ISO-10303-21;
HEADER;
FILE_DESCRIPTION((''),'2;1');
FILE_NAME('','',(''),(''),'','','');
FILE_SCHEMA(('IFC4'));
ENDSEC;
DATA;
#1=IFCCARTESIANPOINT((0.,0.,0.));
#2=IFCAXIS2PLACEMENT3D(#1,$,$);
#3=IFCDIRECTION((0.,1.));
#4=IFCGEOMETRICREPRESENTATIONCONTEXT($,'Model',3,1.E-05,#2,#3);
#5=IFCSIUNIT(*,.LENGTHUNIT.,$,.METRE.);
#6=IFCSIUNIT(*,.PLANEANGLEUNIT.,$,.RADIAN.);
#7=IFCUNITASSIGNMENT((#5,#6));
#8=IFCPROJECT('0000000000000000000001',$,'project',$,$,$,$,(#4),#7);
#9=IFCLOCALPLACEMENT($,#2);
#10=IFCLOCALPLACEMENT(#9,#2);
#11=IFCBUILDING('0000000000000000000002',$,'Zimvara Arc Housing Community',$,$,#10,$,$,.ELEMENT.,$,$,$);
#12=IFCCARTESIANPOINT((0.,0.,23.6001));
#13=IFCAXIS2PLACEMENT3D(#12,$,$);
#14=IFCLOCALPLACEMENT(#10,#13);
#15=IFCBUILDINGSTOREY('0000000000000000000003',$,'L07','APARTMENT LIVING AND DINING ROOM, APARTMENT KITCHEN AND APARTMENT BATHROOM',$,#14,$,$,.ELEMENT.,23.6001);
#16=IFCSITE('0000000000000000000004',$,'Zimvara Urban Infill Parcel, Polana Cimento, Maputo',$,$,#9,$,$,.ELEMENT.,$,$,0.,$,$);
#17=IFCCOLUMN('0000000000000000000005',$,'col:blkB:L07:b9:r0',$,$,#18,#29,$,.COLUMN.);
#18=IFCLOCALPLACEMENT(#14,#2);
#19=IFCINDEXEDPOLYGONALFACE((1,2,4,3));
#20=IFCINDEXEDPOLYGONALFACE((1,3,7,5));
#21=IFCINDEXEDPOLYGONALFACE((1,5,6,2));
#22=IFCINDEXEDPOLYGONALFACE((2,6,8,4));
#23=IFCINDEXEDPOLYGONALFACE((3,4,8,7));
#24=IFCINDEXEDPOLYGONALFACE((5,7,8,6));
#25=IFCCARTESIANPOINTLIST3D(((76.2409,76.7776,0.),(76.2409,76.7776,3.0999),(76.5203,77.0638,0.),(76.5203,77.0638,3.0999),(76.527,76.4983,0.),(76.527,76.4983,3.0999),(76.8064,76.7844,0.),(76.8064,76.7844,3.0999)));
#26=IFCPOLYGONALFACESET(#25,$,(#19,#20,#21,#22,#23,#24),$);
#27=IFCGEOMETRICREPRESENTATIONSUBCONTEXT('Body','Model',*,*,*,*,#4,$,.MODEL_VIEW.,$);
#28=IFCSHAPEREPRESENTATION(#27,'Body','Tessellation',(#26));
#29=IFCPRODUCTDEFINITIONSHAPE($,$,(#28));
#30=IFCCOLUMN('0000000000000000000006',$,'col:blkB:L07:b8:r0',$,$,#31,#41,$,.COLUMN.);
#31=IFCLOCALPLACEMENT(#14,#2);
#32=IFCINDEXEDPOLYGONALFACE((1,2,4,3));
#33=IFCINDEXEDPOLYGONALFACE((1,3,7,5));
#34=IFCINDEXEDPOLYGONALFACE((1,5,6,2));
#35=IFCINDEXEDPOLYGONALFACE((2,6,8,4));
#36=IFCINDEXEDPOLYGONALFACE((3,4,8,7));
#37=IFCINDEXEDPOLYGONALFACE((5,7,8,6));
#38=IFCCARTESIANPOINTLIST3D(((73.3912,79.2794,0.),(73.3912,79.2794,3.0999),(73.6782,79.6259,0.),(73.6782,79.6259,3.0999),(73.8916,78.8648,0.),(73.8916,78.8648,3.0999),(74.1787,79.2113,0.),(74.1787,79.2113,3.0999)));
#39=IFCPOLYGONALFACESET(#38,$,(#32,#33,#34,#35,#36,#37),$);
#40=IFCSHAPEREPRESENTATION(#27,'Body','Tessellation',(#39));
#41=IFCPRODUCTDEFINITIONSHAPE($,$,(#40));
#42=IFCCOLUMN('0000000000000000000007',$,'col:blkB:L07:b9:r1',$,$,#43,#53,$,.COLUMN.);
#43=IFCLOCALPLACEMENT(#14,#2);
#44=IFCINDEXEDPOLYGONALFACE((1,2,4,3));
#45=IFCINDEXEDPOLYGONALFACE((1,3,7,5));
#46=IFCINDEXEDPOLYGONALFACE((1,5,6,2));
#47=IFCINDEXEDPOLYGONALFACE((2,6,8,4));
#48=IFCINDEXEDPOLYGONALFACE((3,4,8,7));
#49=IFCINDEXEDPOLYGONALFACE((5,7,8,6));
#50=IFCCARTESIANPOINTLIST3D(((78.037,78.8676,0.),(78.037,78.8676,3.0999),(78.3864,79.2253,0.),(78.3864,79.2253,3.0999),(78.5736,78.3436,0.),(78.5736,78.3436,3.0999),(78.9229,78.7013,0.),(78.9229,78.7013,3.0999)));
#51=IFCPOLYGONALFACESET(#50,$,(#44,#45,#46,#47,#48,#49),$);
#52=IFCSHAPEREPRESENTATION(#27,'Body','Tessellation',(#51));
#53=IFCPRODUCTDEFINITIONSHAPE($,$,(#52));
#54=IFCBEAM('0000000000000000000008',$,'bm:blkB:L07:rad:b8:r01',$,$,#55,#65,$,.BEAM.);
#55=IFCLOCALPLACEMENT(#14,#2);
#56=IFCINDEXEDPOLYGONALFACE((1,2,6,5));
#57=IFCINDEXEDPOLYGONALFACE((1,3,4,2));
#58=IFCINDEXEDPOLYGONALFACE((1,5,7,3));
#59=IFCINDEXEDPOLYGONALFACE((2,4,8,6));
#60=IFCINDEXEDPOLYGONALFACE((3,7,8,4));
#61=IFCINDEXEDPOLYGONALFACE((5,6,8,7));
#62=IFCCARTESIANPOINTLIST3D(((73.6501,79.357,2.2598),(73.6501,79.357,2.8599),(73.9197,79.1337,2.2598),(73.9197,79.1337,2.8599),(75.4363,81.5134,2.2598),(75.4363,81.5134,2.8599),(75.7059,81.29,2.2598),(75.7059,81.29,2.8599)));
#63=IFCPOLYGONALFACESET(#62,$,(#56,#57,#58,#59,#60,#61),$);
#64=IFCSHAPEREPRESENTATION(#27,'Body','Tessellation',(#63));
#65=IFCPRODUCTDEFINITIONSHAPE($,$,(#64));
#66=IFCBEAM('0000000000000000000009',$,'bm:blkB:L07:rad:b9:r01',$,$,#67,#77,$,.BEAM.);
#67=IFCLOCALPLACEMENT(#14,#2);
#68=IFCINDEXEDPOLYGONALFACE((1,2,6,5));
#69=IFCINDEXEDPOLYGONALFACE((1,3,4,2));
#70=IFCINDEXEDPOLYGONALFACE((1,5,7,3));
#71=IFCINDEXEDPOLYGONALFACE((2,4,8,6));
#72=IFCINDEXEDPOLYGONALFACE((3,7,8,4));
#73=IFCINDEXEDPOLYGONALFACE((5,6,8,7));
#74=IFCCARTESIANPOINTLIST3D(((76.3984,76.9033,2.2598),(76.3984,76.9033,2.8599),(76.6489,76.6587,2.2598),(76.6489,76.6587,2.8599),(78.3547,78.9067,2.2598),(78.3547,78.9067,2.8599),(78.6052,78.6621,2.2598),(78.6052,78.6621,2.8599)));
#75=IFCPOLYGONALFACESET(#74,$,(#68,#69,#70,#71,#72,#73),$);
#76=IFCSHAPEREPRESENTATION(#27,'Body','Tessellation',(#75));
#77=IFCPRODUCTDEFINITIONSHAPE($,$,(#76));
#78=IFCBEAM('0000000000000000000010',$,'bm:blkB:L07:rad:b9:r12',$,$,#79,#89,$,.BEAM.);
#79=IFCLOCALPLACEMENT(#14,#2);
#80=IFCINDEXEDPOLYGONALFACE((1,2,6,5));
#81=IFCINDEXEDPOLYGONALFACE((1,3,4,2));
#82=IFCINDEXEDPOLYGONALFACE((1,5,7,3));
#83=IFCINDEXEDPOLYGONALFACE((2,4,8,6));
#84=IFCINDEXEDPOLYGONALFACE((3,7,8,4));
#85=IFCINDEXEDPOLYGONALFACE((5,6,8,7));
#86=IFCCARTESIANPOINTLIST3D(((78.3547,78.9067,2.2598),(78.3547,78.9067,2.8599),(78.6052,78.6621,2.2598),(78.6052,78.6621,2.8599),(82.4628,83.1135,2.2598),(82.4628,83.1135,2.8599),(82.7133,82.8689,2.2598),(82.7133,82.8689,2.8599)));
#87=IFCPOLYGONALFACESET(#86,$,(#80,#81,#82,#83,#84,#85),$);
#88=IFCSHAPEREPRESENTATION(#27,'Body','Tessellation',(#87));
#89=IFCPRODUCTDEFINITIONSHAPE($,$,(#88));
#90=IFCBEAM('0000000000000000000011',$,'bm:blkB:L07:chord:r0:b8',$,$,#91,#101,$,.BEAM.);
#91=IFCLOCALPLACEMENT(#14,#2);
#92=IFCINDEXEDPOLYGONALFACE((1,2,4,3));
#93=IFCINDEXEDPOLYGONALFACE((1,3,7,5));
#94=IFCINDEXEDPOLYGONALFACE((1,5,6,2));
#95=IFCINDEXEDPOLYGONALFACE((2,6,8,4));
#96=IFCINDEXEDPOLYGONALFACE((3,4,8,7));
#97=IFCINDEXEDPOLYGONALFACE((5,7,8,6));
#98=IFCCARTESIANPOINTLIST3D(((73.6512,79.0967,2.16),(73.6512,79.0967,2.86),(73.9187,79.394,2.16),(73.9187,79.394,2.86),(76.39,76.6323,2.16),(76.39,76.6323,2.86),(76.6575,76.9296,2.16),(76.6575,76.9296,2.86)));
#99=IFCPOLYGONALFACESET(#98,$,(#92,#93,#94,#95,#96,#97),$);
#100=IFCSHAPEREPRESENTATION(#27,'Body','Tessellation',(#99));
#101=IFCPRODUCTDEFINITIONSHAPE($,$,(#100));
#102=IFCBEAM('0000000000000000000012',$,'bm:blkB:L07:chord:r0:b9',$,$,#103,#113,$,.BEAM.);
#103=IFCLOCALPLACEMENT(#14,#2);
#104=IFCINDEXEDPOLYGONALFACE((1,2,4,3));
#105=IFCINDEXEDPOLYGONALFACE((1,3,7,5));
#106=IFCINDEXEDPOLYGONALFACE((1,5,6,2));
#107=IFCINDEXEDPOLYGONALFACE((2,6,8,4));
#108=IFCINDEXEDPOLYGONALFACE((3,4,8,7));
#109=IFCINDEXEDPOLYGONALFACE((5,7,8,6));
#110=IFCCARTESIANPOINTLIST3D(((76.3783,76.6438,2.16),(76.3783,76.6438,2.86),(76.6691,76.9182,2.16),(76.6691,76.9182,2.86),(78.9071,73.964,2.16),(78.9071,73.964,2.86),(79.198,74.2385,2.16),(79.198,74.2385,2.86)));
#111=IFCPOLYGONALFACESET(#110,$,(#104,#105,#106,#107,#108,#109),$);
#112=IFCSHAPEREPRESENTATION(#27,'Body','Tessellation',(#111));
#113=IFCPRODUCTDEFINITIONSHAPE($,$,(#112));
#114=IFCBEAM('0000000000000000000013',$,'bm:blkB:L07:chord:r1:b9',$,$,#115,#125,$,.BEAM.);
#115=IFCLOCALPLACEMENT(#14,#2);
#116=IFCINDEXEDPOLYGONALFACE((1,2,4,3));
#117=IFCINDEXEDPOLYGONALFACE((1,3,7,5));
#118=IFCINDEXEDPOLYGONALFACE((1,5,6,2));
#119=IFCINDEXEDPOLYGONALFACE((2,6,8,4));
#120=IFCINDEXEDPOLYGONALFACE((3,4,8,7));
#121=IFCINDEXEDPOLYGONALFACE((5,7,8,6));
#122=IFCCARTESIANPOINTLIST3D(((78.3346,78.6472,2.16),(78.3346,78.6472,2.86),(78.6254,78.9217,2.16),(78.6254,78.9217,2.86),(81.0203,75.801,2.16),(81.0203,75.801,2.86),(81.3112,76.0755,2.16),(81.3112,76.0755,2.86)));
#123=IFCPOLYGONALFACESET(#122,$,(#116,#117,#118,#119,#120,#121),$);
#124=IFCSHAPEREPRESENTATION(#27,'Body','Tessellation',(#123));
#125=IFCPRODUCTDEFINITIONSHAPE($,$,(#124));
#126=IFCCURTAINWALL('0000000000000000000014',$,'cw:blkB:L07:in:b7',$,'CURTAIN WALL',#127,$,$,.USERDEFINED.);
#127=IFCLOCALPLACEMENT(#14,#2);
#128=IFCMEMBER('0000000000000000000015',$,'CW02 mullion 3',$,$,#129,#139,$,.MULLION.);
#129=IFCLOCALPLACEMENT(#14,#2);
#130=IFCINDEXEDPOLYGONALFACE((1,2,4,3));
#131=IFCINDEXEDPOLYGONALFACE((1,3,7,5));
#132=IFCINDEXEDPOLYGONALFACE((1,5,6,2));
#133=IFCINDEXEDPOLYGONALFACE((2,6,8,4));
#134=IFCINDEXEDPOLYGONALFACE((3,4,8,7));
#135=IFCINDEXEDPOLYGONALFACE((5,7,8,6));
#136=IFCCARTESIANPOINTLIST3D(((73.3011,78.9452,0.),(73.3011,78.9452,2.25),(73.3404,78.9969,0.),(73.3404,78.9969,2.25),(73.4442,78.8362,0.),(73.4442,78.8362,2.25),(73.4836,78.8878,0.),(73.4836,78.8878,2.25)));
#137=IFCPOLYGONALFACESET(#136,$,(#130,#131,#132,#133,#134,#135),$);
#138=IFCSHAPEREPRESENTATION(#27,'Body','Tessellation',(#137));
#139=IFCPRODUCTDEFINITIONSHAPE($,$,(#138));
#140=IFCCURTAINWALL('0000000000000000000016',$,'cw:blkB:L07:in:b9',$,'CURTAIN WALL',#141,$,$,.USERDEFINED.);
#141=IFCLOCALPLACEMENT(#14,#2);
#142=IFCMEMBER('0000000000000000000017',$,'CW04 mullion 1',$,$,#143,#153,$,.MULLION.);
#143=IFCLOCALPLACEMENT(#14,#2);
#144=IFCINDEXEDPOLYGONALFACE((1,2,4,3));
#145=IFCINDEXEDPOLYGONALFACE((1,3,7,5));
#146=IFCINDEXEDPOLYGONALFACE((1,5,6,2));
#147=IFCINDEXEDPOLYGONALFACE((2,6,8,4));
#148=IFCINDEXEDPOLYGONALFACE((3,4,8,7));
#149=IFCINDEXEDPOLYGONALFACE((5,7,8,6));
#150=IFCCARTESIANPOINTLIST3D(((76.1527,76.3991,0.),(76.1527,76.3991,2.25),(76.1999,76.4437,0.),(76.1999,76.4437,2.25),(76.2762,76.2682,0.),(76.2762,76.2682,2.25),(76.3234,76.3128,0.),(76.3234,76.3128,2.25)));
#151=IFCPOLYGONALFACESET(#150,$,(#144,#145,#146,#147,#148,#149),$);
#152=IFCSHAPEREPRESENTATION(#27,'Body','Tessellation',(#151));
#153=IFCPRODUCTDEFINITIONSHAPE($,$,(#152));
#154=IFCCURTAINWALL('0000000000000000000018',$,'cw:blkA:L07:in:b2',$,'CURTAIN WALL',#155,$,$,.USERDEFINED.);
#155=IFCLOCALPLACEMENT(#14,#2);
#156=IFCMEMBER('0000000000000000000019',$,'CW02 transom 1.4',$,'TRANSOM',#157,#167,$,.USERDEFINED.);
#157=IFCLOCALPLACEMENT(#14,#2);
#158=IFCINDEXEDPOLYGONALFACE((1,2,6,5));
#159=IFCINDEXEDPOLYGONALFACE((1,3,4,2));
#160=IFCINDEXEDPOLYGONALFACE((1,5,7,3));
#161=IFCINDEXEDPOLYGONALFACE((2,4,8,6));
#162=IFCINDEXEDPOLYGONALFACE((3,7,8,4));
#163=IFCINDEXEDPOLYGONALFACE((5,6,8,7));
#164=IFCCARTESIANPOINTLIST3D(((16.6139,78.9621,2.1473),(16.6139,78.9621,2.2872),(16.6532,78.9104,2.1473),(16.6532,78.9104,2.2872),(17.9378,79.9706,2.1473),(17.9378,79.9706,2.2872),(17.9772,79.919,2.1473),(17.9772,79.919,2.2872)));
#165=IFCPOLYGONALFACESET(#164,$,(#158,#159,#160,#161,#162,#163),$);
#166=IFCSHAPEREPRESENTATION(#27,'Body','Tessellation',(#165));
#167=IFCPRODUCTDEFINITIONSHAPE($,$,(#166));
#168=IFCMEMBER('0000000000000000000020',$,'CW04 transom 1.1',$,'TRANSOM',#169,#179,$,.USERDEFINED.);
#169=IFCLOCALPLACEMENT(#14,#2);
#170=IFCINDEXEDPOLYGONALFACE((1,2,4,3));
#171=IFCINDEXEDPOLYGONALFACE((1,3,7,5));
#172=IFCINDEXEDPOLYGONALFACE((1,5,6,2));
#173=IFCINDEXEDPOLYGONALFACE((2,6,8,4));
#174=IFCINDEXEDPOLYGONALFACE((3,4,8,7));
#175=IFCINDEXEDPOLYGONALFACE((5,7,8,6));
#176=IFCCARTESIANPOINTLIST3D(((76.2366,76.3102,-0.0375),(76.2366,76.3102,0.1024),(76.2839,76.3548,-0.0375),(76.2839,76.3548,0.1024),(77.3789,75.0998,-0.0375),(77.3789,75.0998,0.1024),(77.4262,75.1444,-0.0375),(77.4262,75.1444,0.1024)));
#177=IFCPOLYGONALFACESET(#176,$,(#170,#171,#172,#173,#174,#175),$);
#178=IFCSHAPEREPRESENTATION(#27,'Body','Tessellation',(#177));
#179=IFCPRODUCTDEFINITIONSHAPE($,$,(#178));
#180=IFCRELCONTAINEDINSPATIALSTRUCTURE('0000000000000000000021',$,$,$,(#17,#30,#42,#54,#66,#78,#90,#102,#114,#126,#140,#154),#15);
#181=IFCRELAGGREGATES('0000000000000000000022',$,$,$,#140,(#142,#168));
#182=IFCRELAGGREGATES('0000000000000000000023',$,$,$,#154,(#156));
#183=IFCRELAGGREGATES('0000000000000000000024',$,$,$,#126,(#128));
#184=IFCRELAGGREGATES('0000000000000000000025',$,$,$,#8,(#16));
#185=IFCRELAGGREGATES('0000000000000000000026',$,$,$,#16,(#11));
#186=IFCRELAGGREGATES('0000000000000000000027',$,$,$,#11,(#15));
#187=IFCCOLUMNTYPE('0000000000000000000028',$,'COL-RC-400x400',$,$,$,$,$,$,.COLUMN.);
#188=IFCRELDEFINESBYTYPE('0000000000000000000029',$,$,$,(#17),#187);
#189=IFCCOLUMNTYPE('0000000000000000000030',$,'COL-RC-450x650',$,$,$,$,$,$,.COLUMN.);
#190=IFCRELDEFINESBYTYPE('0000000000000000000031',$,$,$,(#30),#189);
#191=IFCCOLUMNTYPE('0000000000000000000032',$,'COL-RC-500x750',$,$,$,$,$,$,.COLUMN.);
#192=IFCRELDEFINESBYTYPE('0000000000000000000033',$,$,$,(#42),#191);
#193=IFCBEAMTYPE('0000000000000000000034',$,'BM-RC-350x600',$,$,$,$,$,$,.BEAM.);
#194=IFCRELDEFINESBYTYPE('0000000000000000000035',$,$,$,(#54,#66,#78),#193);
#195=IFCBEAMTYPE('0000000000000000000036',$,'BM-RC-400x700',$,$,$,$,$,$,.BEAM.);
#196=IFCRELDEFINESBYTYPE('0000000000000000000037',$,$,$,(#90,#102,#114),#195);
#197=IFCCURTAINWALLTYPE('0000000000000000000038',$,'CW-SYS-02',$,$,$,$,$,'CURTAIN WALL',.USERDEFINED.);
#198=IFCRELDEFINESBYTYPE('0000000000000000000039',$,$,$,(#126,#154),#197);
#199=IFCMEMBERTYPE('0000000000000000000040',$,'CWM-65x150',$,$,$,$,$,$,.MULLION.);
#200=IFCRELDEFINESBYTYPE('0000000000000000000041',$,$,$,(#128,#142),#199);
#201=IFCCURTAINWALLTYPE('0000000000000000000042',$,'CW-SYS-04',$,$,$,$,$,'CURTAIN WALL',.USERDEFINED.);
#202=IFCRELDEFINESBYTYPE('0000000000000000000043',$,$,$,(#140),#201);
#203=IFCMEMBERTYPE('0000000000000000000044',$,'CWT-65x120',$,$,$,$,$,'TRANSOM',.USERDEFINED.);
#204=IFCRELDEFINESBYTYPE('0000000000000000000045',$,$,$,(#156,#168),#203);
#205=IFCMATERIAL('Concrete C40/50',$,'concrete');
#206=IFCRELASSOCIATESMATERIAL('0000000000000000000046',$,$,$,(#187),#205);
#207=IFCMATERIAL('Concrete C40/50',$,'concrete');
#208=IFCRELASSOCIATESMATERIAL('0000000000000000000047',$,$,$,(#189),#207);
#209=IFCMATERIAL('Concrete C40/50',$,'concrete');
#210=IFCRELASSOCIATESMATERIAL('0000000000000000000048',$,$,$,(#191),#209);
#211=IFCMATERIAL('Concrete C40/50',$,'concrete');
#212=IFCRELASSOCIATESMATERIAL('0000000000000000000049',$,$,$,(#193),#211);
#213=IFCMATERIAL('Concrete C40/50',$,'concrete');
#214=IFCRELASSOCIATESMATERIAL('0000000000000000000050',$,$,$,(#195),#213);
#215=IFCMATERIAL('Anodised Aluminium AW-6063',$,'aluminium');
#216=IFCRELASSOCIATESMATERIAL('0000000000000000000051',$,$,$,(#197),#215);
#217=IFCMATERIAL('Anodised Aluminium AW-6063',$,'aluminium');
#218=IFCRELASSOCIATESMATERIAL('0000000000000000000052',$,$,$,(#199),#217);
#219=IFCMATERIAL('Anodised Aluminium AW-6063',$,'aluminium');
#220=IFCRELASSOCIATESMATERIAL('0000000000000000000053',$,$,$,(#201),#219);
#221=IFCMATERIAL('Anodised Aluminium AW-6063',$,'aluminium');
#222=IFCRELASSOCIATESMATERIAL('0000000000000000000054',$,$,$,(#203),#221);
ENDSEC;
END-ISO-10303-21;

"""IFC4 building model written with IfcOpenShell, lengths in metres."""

from ifc_helpers import new_model, si_unit, direction, frame, origin, origin_2d, place, context, subcontext, project, spatial, rectangle, extrude, material, material_profile, profile_set, type_object, element, aggregate, save


model = new_model("IFC4")

# Units and contexts
model_context = context("Model", 3, precision=1e-05, world=origin(), true_north=direction((0.0, 1.0)))
body_context = subcontext(model_context, "Body", "Model", "MODEL_VIEW")
ifc_project = project(units=[si_unit("LENGTHUNIT", "METRE"), si_unit("PLANEANGLEUNIT", "RADIAN")], contexts=[model_context])

# Site, building, storey
site_placement = place(None, origin())
site = spatial("IfcSite", under=ifc_project, at=site_placement, Name="Zimvara Urban Infill Parcel, Polana Cimento, Maputo", CompositionType="ELEMENT", RefElevation=0.0)
building_placement = place(site_placement, origin())
building = spatial("IfcBuilding", under=site, at=building_placement, Name="Zimvara Arc Housing Community", CompositionType="ELEMENT")
storey_placement = place(building_placement, frame((0.0, 0.0, 23.6001)))
storey = spatial("IfcBuildingStorey", under=building, at=storey_placement, Name="L07", Description="APARTMENT LIVING AND DINING ROOM, APARTMENT KITCHEN AND APARTMENT BATHROOM", CompositionType="ELEMENT", Elevation=23.6001)

# Columns
ifc_material_1 = material(Name="Concrete C40/50", Category="concrete")
ifc_material_profile_1 = material_profile(ifc_material_1, rectangle(XDim=0.3999, YDim=0.3999, at=origin_2d()), Name="RC 400x400")
ifc_profile_set_1 = profile_set([ifc_material_profile_1], Name="Concrete C40/50")
column_type_1 = type_object("IfcColumnType", Name="COL-RC-400x400", PredefinedType="COLUMN", material=ifc_profile_set_1)
column_1_placement = place(storey_placement, frame((76.5237, 76.781, 0.0), z_axis=(0.0, 0.0, 1.0), x_axis=(0.698665, 0.715449, 0.0)))
element("IfcColumn", 1, at=column_1_placement, inside=storey, type_object=column_type_1, Name="col:blkB:L07:b9:r0", PredefinedType="COLUMN", context=body_context, shape_type="SweptSolid", body=[
    extrude(rectangle(XDim=0.3999, YDim=0.3999, at=origin_2d()), origin(), (0.0, 0.0, 1.0), 3.0999),
])
ifc_material_2 = material(Name="Concrete C40/50", Category="concrete")
ifc_material_profile_2 = material_profile(ifc_material_2, rectangle(XDim=0.45, YDim=0.6499, at=origin_2d()), Name="RC 450x650")
ifc_profile_set_2 = profile_set([ifc_material_profile_2], Name="Concrete C40/50")
column_type_2 = type_object("IfcColumnType", Name="COL-RC-450x650", PredefinedType="COLUMN", material=ifc_profile_set_2)
column_2_placement = place(storey_placement, frame((73.7849, 79.2454, 0.0), z_axis=(0.0, 0.0, 1.0), x_axis=(0.637962, 0.770068, 0.0)))
element("IfcColumn", 2, at=column_2_placement, inside=storey, type_object=column_type_2, Name="col:blkB:L07:b8:r0", PredefinedType="COLUMN", context=body_context, shape_type="SweptSolid", body=[
    extrude(rectangle(XDim=0.45, YDim=0.6499, at=origin_2d()), origin(), (0.0, 0.0, 1.0), 3.0999),
])
ifc_material_3 = material(Name="Concrete C40/50", Category="concrete")
ifc_material_profile_3 = material_profile(ifc_material_3, rectangle(XDim=0.5, YDim=0.75, at=origin_2d()), Name="RC 500x750")
ifc_profile_set_3 = profile_set([ifc_material_profile_3], Name="Concrete C40/50")
column_type_3 = type_object("IfcColumnType", Name="COL-RC-500x750", PredefinedType="COLUMN", material=ifc_profile_set_3)
column_3_placement = place(storey_placement, frame((78.48, 78.7844, 0.0), z_axis=(0.0, 0.0, 1.0), x_axis=(0.698665, 0.715449, 0.0)))
element("IfcColumn", 3, at=column_3_placement, inside=storey, type_object=column_type_3, Name="col:blkB:L07:b9:r1", PredefinedType="COLUMN", context=body_context, shape_type="SweptSolid", body=[
    extrude(rectangle(XDim=0.5, YDim=0.75, at=origin_2d()), origin(), (0.0, 0.0, 1.0), 3.0999),
])

# Beams
ifc_material_4 = material(Name="Concrete C40/50", Category="concrete")
ifc_material_profile_4 = material_profile(ifc_material_4, rectangle(XDim=0.3501, YDim=0.6001, at=origin_2d()), Name="RC 350x600")
ifc_profile_set_4 = profile_set([ifc_material_profile_4], Name="Concrete C40/50")
beam_type_1 = type_object("IfcBeamType", Name="BM-RC-350x600", PredefinedType="BEAM", material=ifc_profile_set_4)
for number, where, z_axis, x_axis, name in (
    (4, (73.7849, 79.2454, 2.5598), (0.637917, 0.770105, 0.0), (-0.770105, 0.637917, 0.0), "bm:blkB:L07:rad:b8:r01"),
    (5, (76.5237, 76.781, 2.5598), (0.698643, 0.71547, 0.0), (-0.71547, 0.698643, 0.0), "bm:blkB:L07:rad:b9:r01"),
):
    element("IfcBeam", number, at=place(storey_placement, frame(where, z_axis=z_axis, x_axis=x_axis)), inside=storey, type_object=beam_type_1, Name=name, PredefinedType="BEAM", context=body_context, shape_type="SweptSolid", body=[
        extrude(rectangle(XDim=0.3501, YDim=0.6001, at=origin_2d()), origin(), (0.0, 0.0, 1.0), 2.8),
    ])
beam_1_placement = place(storey_placement, frame((78.48, 78.7844, 2.5598), z_axis=(0.69867, 0.715444, 0.0), x_axis=(-0.715444, 0.69867, 0.0)))
element("IfcBeam", 6, at=beam_1_placement, inside=storey, type_object=beam_type_1, Name="bm:blkB:L07:rad:b9:r12", PredefinedType="BEAM", context=body_context, shape_type="SweptSolid", body=[
    extrude(rectangle(XDim=0.3501, YDim=0.6001, at=origin_2d()), origin(), (0.0, 0.0, 1.0), 5.8799),
])
ifc_material_5 = material(Name="Concrete C40/50", Category="concrete")
ifc_material_profile_5 = material_profile(ifc_material_5, rectangle(XDim=0.3999, YDim=0.7, at=origin_2d()), Name="RC 400x700")
ifc_profile_set_5 = profile_set([ifc_material_profile_5], Name="Concrete C40/50")
beam_type_2 = type_object("IfcBeamType", Name="BM-RC-400x700", PredefinedType="BEAM", material=ifc_profile_set_5)
beam_2_placement = place(storey_placement, frame((73.7849, 79.2454, 2.51), z_axis=(0.743367, -0.668884, 0.0), x_axis=(0.668884, 0.743367, 0.0)))
element("IfcBeam", 7, at=beam_2_placement, inside=storey, type_object=beam_type_2, Name="bm:blkB:L07:chord:r0:b8", PredefinedType="BEAM", context=body_context, shape_type="SweptSolid", body=[
    extrude(rectangle(XDim=0.3999, YDim=0.7, at=origin_2d()), origin(), (0.0, 0.0, 1.0), 3.6843),
])
beam_3_placement = place(storey_placement, frame((76.5237, 76.781, 2.51), z_axis=(0.686336, -0.727285, 0.0), x_axis=(0.727285, 0.686336, 0.0)))
element("IfcBeam", 8, at=beam_3_placement, inside=storey, type_object=beam_type_2, Name="bm:blkB:L07:chord:r0:b9", PredefinedType="BEAM", context=body_context, shape_type="SweptSolid", body=[
    extrude(rectangle(XDim=0.3999, YDim=0.7, at=origin_2d()), origin(), (0.0, 0.0, 1.0), 3.6846),
])
beam_4_placement = place(storey_placement, frame((78.48, 78.7844, 2.51), z_axis=(0.686316, -0.727304, 0.0), x_axis=(0.727304, 0.686316, 0.0)))
element("IfcBeam", 9, at=beam_4_placement, inside=storey, type_object=beam_type_2, Name="bm:blkB:L07:chord:r1:b9", PredefinedType="BEAM", context=body_context, shape_type="SweptSolid", body=[
    extrude(rectangle(XDim=0.3999, YDim=0.7, at=origin_2d()), origin(), (0.0, 0.0, 1.0), 3.9133),
])

# Curtain walls, members
ifc_material_6 = material(Name="Anodised Aluminium AW-6063", Category="aluminium")
curtain_wall_type_1 = type_object("IfcCurtainWallType", Name="CW-SYS-02", ElementType="CURTAIN WALL", PredefinedType="USERDEFINED", material=ifc_material_6)
curtain_wall_1_placement = place(storey_placement, origin())
curtain_wall_1 = element("IfcCurtainWall", 10, at=curtain_wall_1_placement, inside=storey, type_object=curtain_wall_type_1, Name="cw:blkB:L07:in:b7", ObjectType="CURTAIN WALL", PredefinedType="USERDEFINED")
ifc_material_7 = material(Name="Anodised Aluminium AW-6063", Category="aluminium")
ifc_material_profile_6 = material_profile(ifc_material_7, rectangle(XDim=0.0649, YDim=0.1799, at=origin_2d()), Name="ALU 65x180")
ifc_profile_set_6 = profile_set([ifc_material_profile_6], Name="Anodised Aluminium AW-6063")
member_type_1 = type_object("IfcMemberType", Name="CWM-65x150", PredefinedType="MULLION", material=ifc_profile_set_6)
member_1_placement = place(storey_placement, frame((73.3923, 78.9165, 0.0), z_axis=(0.0, 0.0, 1.0), x_axis=(0.605988, 0.795474, 0.0)))
member_1 = element("IfcMember", 11, at=member_1_placement, type_object=member_type_1, Name="CW02 mullion 3", PredefinedType="MULLION", context=body_context, shape_type="SweptSolid", body=[
    extrude(rectangle(XDim=0.0649, YDim=0.1799, at=origin_2d()), origin(), (0.0, 0.0, 1.0), 2.25),
])
ifc_material_8 = material(Name="Anodised Aluminium AW-6063", Category="aluminium")
curtain_wall_type_2 = type_object("IfcCurtainWallType", Name="CW-SYS-04", ElementType="CURTAIN WALL", PredefinedType="USERDEFINED", material=ifc_material_8)
curtain_wall_2_placement = place(storey_placement, origin())
curtain_wall_2 = element("IfcCurtainWall", 12, at=curtain_wall_2_placement, inside=storey, type_object=curtain_wall_type_2, Name="cw:blkB:L07:in:b9", ObjectType="CURTAIN WALL", PredefinedType="USERDEFINED")
member_2_placement = place(storey_placement, frame((76.238, 76.356, 0.0), z_axis=(0.0, 0.0, 1.0), x_axis=(0.727293, 0.686327, 0.0)))
member_2 = element("IfcMember", 13, at=member_2_placement, type_object=member_type_1, Name="CW04 mullion 1", PredefinedType="MULLION", context=body_context, shape_type="SweptSolid", body=[
    extrude(rectangle(XDim=0.0649, YDim=0.1799, at=origin_2d()), origin(), (0.0, 0.0, 1.0), 2.25),
])
curtain_wall_3_placement = place(storey_placement, origin())
curtain_wall_3 = element("IfcCurtainWall", 14, at=curtain_wall_3_placement, inside=storey, type_object=curtain_wall_type_1, Name="cw:blkA:L07:in:b2", ObjectType="CURTAIN WALL", PredefinedType="USERDEFINED")
ifc_material_9 = material(Name="Anodised Aluminium AW-6063", Category="aluminium")
ifc_material_profile_7 = material_profile(ifc_material_9, rectangle(XDim=0.0649, YDim=0.1399, at=origin_2d()), Name="ALU 65x140")
ifc_profile_set_7 = profile_set([ifc_material_profile_7], Name="Anodised Aluminium AW-6063")
member_type_2 = type_object("IfcMemberType", Name="CWT-65x120", ElementType="TRANSOM", PredefinedType="USERDEFINED", material=ifc_profile_set_7)
member_3_placement = place(storey_placement, frame((16.6335, 78.9363, 2.2173), z_axis=(0.795489, 0.605968, 0.0), x_axis=(-0.605968, 0.795489, 0.0)))
member_3 = element("IfcMember", 15, at=member_3_placement, type_object=member_type_2, Name="CW02 transom 1.4", ObjectType="TRANSOM", PredefinedType="USERDEFINED", context=body_context, shape_type="SweptSolid", body=[
    extrude(rectangle(XDim=0.0649, YDim=0.1399, at=origin_2d()), origin(), (0.0, 0.0, 1.0), 1.6643),
])

# Member
member_4_placement = place(storey_placement, frame((76.2603, 76.3325, 0.0325), z_axis=(0.686348, -0.727273, 0.0), x_axis=(0.727273, 0.686348, 0.0)))
member_4 = element("IfcMember", 16, at=member_4_placement, type_object=member_type_2, Name="CW04 transom 1.1", ObjectType="TRANSOM", PredefinedType="USERDEFINED", context=body_context, shape_type="SweptSolid", body=[
    extrude(rectangle(XDim=0.0649, YDim=0.1399, at=origin_2d()), origin(), (0.0, 0.0, 1.0), 1.6643),
])

aggregate(curtain_wall_2, [member_2, member_4])
aggregate(curtain_wall_3, [member_3])
aggregate(curtain_wall_1, [member_1])

save(model, "model.ifc")
